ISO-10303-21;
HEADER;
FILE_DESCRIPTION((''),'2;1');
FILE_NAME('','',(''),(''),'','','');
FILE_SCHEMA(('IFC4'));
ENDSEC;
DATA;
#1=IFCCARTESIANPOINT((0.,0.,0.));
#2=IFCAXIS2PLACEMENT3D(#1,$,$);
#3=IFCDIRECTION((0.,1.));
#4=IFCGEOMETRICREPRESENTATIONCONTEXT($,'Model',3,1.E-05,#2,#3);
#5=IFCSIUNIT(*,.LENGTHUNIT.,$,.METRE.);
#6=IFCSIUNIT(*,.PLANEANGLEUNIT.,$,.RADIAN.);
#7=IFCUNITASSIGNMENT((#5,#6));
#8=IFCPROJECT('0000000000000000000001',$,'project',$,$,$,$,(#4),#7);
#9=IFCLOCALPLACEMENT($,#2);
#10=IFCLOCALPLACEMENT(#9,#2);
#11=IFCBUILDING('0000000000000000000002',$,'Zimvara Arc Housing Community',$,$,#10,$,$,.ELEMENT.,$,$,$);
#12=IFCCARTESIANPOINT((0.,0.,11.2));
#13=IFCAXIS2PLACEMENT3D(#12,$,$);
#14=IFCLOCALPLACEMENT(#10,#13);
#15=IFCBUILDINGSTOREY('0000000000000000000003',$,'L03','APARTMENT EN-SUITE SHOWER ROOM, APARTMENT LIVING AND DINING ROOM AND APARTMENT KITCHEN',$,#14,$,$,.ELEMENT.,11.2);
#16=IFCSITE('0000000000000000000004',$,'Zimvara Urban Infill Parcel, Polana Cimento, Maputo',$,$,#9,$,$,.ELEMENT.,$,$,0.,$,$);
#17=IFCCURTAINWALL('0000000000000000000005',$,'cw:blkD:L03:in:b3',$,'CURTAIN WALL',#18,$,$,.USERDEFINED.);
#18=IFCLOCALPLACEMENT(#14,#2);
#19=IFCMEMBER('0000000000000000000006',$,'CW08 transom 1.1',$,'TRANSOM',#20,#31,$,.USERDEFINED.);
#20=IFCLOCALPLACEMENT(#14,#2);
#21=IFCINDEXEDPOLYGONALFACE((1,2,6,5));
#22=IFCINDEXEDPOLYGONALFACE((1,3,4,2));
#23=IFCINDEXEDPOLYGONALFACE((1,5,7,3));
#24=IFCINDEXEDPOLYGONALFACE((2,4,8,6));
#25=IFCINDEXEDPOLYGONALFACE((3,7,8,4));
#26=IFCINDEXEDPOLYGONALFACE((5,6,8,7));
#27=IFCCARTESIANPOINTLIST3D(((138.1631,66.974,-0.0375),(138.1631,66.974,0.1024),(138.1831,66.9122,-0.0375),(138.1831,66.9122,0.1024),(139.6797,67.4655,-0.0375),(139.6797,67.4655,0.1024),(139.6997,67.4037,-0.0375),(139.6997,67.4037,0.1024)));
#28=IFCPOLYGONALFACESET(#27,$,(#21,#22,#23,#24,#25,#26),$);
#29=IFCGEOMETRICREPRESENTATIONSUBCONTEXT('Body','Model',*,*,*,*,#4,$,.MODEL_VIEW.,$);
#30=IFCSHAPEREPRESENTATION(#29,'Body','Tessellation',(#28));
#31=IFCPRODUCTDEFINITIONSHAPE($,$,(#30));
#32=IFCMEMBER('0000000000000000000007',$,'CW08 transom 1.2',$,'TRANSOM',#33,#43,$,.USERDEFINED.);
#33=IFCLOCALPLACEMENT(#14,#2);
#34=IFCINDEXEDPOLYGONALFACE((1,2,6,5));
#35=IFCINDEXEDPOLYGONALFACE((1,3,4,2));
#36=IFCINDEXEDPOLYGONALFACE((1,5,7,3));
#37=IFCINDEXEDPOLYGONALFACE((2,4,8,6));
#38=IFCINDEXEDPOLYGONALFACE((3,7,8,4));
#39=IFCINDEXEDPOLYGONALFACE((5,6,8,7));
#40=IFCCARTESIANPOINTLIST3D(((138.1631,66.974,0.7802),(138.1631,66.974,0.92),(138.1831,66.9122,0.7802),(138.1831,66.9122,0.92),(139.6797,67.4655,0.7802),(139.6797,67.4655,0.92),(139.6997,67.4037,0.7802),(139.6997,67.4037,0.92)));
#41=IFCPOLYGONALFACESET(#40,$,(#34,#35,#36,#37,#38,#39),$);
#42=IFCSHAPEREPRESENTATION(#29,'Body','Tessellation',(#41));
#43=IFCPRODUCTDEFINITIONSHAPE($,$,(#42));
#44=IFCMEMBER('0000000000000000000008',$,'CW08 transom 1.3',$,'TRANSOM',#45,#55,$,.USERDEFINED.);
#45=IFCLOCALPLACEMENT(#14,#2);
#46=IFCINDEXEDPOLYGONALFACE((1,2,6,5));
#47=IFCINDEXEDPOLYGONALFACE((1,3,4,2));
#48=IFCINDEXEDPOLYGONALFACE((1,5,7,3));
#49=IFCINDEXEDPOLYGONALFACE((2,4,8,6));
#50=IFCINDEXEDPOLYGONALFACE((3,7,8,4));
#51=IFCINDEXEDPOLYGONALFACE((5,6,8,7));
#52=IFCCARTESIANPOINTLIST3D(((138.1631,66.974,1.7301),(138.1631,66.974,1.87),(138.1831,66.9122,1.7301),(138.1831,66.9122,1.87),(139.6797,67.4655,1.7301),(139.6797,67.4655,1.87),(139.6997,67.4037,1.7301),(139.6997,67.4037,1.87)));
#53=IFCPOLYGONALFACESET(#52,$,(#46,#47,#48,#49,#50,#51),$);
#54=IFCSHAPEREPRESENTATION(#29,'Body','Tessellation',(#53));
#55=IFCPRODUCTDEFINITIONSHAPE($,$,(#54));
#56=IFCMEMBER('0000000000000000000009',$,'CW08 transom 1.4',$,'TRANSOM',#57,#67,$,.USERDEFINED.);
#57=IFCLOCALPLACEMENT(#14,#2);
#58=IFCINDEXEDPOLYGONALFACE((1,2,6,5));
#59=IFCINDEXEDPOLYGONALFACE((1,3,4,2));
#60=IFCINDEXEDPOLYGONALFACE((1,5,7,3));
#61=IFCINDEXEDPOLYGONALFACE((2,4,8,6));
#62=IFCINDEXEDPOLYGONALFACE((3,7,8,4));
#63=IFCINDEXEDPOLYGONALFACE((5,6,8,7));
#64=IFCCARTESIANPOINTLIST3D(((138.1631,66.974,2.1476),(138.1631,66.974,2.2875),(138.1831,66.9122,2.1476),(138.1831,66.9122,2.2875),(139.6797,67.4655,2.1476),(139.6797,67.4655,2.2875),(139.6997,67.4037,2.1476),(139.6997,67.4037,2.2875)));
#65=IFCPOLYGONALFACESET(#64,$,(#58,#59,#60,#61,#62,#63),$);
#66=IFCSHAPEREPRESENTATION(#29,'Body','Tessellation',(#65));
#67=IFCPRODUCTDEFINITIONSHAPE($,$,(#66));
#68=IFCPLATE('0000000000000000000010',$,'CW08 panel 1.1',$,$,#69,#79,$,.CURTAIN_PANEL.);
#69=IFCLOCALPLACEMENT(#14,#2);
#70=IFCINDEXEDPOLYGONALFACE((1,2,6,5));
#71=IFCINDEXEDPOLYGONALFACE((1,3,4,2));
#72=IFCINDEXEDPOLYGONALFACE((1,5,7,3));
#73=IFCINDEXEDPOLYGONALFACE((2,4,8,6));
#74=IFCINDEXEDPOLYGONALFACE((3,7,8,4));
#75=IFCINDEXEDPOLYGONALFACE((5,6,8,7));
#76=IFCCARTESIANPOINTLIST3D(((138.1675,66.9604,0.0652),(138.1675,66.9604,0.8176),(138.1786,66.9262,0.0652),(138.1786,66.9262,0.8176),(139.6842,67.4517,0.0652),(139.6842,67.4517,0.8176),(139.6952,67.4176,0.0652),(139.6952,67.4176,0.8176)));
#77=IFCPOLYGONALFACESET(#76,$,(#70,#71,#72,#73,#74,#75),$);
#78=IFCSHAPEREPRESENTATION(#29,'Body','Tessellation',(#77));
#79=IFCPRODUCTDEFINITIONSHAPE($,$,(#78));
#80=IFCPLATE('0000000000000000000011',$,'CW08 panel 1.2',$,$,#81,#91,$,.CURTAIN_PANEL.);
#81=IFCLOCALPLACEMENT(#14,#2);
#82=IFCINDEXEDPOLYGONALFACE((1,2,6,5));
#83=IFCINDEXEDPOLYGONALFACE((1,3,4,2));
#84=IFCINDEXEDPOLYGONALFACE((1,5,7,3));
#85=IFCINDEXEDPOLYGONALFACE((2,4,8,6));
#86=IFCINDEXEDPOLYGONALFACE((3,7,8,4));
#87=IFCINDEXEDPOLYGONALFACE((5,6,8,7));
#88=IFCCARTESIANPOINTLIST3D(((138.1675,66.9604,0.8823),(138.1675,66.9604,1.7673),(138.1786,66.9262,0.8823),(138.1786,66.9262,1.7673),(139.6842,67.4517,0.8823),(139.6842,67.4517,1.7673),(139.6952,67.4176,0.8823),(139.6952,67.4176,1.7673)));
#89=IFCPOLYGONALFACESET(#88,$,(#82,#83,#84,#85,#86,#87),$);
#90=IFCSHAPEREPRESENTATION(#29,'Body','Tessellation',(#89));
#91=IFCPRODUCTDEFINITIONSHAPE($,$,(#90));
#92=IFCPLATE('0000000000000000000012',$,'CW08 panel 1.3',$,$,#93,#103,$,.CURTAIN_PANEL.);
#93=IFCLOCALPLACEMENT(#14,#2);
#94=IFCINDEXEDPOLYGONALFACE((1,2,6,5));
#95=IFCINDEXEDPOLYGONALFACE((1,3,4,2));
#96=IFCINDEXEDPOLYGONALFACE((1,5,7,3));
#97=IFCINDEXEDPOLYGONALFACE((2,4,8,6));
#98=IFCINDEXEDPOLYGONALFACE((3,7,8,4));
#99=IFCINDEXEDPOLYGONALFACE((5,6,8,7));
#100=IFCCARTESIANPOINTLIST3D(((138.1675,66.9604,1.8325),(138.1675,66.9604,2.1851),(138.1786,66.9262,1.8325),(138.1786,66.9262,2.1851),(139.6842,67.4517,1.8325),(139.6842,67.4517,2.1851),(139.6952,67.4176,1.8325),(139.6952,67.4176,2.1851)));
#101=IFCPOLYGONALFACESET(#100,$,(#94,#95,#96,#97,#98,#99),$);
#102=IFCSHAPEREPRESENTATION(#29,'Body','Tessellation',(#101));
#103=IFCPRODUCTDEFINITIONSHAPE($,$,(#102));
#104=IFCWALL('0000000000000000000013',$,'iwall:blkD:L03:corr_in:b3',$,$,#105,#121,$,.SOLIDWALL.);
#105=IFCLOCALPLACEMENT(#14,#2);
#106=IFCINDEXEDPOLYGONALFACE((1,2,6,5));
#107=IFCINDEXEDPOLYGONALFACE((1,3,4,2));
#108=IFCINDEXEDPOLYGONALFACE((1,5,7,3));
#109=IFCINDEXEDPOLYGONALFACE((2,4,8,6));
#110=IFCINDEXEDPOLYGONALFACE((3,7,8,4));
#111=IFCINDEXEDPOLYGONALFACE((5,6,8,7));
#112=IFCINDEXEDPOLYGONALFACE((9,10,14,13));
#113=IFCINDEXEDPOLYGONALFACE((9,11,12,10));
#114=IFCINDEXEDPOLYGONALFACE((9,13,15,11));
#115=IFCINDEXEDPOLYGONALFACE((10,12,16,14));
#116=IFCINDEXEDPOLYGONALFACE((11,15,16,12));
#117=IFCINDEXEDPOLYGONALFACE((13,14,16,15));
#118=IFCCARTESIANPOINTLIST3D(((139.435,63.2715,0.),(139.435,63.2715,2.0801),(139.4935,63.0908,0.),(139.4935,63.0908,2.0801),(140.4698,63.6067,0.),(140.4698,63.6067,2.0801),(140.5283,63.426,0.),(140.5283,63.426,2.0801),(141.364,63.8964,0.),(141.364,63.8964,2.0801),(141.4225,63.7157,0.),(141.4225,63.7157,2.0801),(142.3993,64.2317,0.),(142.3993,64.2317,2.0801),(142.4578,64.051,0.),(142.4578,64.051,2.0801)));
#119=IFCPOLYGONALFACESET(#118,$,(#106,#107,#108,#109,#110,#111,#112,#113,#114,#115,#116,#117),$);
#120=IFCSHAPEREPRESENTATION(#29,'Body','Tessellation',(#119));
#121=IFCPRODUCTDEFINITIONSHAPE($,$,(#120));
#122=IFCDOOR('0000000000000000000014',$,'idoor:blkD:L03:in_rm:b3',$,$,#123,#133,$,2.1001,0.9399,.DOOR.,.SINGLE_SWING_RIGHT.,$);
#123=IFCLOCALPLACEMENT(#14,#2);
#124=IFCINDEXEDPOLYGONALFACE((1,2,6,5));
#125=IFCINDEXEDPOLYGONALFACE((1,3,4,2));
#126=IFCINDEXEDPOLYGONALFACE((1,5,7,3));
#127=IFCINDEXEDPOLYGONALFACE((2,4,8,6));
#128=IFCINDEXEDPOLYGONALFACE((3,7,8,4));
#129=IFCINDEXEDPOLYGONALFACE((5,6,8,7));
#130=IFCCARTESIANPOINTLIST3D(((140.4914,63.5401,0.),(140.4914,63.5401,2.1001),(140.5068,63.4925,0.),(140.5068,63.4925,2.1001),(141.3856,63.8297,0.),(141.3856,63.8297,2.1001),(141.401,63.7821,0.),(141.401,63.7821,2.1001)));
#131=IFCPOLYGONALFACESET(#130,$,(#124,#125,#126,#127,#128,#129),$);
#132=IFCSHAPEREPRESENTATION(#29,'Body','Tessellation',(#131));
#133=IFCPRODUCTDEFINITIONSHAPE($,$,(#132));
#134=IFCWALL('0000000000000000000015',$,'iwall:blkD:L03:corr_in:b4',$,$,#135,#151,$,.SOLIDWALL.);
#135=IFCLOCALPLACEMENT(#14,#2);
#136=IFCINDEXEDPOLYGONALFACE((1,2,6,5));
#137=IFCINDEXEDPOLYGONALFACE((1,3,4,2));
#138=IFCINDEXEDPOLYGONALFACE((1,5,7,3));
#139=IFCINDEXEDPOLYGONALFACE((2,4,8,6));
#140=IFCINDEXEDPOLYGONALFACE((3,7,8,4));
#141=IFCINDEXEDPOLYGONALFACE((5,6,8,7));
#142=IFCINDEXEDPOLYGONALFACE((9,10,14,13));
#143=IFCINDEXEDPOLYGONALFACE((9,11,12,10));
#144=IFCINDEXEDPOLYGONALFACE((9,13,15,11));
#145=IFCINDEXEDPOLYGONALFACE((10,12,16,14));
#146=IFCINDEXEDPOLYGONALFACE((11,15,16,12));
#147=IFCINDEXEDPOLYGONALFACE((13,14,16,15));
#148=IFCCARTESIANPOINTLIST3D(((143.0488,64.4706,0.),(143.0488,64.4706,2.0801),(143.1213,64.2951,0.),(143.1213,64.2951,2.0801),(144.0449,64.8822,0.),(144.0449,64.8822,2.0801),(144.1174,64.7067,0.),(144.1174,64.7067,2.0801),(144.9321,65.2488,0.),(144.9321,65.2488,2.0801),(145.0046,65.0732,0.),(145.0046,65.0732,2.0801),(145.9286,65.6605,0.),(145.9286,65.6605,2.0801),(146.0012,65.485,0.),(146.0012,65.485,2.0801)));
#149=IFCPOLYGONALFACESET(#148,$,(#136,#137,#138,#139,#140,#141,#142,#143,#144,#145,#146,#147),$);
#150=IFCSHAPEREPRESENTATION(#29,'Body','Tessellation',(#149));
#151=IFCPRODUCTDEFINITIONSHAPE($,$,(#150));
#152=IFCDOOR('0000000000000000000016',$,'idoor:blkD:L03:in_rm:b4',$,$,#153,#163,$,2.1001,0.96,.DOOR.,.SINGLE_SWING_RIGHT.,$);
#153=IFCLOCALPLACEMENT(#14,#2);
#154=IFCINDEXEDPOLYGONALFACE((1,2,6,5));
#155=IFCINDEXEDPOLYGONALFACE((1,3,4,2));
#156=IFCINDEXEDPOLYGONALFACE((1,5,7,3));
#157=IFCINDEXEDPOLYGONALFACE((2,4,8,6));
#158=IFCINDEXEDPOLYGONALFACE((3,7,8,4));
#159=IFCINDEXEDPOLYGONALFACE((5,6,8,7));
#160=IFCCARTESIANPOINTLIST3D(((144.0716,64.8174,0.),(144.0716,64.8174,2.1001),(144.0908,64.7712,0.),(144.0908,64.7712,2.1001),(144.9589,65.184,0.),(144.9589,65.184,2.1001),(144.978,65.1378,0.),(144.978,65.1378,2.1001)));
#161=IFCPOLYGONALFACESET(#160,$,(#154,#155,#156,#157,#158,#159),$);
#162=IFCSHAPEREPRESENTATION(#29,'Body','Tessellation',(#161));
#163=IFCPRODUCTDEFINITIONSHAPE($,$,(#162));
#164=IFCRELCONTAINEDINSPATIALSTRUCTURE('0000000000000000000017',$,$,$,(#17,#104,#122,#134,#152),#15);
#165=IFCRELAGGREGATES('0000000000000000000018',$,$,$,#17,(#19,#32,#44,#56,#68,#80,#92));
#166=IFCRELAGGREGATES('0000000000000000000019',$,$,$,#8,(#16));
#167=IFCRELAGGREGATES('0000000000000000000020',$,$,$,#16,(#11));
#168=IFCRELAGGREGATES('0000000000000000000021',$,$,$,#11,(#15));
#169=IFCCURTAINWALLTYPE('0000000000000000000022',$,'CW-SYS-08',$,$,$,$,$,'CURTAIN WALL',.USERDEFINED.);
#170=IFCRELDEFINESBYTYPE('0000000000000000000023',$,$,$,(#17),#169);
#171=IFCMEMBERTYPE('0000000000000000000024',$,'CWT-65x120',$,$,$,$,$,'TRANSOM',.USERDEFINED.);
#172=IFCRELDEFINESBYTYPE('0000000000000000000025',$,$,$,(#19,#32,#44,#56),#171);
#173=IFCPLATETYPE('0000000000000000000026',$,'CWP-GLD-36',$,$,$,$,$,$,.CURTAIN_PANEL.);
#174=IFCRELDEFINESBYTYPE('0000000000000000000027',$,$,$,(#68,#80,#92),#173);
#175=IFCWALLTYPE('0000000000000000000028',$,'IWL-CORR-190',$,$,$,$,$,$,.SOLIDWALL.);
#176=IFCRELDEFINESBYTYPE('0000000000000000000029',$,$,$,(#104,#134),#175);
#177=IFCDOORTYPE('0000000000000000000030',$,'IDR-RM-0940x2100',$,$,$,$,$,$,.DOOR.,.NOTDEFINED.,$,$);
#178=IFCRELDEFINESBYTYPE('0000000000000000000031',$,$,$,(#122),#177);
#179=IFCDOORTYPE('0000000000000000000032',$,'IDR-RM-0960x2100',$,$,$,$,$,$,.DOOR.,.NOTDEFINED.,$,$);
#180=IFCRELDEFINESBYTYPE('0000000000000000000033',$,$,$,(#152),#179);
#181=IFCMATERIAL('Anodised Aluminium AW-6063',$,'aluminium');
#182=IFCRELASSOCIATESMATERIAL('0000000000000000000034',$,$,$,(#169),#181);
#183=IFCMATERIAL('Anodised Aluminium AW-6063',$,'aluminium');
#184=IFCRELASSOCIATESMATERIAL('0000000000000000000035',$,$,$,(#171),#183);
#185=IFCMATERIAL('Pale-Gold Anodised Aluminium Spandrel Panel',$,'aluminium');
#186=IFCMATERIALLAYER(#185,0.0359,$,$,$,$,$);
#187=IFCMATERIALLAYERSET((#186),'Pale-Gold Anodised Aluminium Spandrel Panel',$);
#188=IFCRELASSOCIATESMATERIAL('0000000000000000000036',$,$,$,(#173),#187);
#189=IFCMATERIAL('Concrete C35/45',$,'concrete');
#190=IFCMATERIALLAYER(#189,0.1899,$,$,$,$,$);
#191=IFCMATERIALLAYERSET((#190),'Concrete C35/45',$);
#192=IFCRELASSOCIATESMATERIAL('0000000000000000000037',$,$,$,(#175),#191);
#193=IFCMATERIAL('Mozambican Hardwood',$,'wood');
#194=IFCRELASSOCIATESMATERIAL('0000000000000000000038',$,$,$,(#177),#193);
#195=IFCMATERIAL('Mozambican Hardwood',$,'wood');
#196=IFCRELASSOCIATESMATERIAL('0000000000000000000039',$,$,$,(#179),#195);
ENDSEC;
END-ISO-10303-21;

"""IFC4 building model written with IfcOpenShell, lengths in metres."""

from ifc_helpers import new_model, si_unit, direction, frame, frame_2d, origin, origin_2d, place, context, subcontext, project, spatial, rectangle, extrude, material, layer, layer_set, material_profile, profile_set, type_object, element, fill, aggregate, save


model = new_model("IFC4")

# Units and contexts
model_context = context("Model", 3, precision=1e-05, world=origin(), true_north=direction((0.0, 1.0)))
body_context = subcontext(model_context, "Body", "Model", "MODEL_VIEW")
ifc_project = project(units=[si_unit("LENGTHUNIT", "METRE"), si_unit("PLANEANGLEUNIT", "RADIAN")], contexts=[model_context])

# Site, building, storey
site_placement = place(None, origin())
site = spatial("IfcSite", under=ifc_project, at=site_placement, Name="Zimvara Urban Infill Parcel, Polana Cimento, Maputo", CompositionType="ELEMENT", RefElevation=0.0)
building_placement = place(site_placement, origin())
building = spatial("IfcBuilding", under=site, at=building_placement, Name="Zimvara Arc Housing Community", CompositionType="ELEMENT")
storey_placement = place(building_placement, frame((0.0, 0.0, 11.2)))
storey = spatial("IfcBuildingStorey", under=building, at=storey_placement, Name="L03", Description="APARTMENT EN-SUITE SHOWER ROOM, APARTMENT LIVING AND DINING ROOM AND APARTMENT KITCHEN", CompositionType="ELEMENT", Elevation=11.2)

# Curtain wall, members, plates
ifc_material_1 = material(Name="Anodised Aluminium AW-6063", Category="aluminium")
curtain_wall_type_1 = type_object("IfcCurtainWallType", Name="CW-SYS-08", ElementType="CURTAIN WALL", PredefinedType="USERDEFINED", material=ifc_material_1)
curtain_wall_1_placement = place(storey_placement, origin())
curtain_wall_1 = element("IfcCurtainWall", 1, at=curtain_wall_1_placement, inside=storey, type_object=curtain_wall_type_1, Name="cw:blkD:L03:in:b3", ObjectType="CURTAIN WALL", PredefinedType="USERDEFINED")
ifc_material_2 = material(Name="Anodised Aluminium AW-6063", Category="aluminium")
ifc_material_profile_1 = material_profile(ifc_material_2, rectangle(XDim=0.0649, YDim=0.1399, at=origin_2d()), Name="ALU 65x140")
ifc_profile_set_1 = profile_set([ifc_material_profile_1], Name="Anodised Aluminium AW-6063")
member_type_1 = type_object("IfcMemberType", Name="CWT-65x120", ElementType="TRANSOM", PredefinedType="USERDEFINED", material=ifc_profile_set_1)
member_1_placement = place(storey_placement, frame((138.1731, 66.9431, 0.0325), z_axis=(0.951299, 0.308269, 0.0), x_axis=(-0.308269, 0.951299, 0.0)))
member_1 = element("IfcMember", 2, at=member_1_placement, type_object=member_type_1, Name="CW08 transom 1.1", ObjectType="TRANSOM", PredefinedType="USERDEFINED", context=body_context, shape_type="SweptSolid", body=[
    extrude(rectangle(XDim=0.0649, YDim=0.1399, at=origin_2d()), origin(), (0.0, 0.0, 1.0), 1.5942),
])
member_2_placement = place(storey_placement, frame((138.1731, 66.9431, 0.8501), z_axis=(0.951299, 0.308269, 0.0), x_axis=(-0.308269, 0.951299, 0.0)))
member_2 = element("IfcMember", 3, at=member_2_placement, type_object=member_type_1, Name="CW08 transom 1.2", ObjectType="TRANSOM", PredefinedType="USERDEFINED", context=body_context, shape_type="SweptSolid", body=[
    extrude(rectangle(XDim=0.0649, YDim=0.1399, at=origin_2d()), origin(), (0.0, 0.0, 1.0), 1.5942),
])
member_3_placement = place(storey_placement, frame((138.1731, 66.9431, 1.8), z_axis=(0.951299, 0.308269, 0.0), x_axis=(-0.308269, 0.951299, 0.0)))
member_3 = element("IfcMember", 4, at=member_3_placement, type_object=member_type_1, Name="CW08 transom 1.3", ObjectType="TRANSOM", PredefinedType="USERDEFINED", context=body_context, shape_type="SweptSolid", body=[
    extrude(rectangle(XDim=0.0649, YDim=0.1399, at=origin_2d()), origin(), (0.0, 0.0, 1.0), 1.5942),
])
member_4_placement = place(storey_placement, frame((138.1731, 66.9431, 2.2175), z_axis=(0.951299, 0.308269, 0.0), x_axis=(-0.308269, 0.951299, 0.0)))
member_4 = element("IfcMember", 5, at=member_4_placement, type_object=member_type_1, Name="CW08 transom 1.4", ObjectType="TRANSOM", PredefinedType="USERDEFINED", context=body_context, shape_type="SweptSolid", body=[
    extrude(rectangle(XDim=0.0649, YDim=0.1399, at=origin_2d()), origin(), (0.0, 0.0, 1.0), 1.5942),
])
ifc_material_3 = material(Name="Pale-Gold Anodised Aluminium Spandrel Panel", Category="aluminium")
ifc_layer_1 = layer(ifc_material_3, 0.0359)
ifc_layer_set_1 = layer_set([ifc_layer_1], Name="Pale-Gold Anodised Aluminium Spandrel Panel")
plate_type = type_object("IfcPlateType", Name="CWP-GLD-36", PredefinedType="CURTAIN_PANEL", material=ifc_layer_set_1)
plate_1_placement = place(storey_placement, frame((138.9314, 67.189, 0.0652), z_axis=(0.0, 0.0, 1.0), x_axis=(0.951326, 0.308185, 0.0)))
plate_1 = element("IfcPlate", 6, at=plate_1_placement, type_object=plate_type, Name="CW08 panel 1.1", PredefinedType="CURTAIN_PANEL", context=body_context, shape_type="SweptSolid", body=[
    extrude(rectangle(XDim=1.5942, YDim=0.0359, at=origin_2d()), origin(), (0.0, 0.0, 1.0), 0.7524),
])
plate_2_placement = place(storey_placement, frame((138.9314, 67.189, 0.8823), z_axis=(0.0, 0.0, 1.0), x_axis=(0.951326, 0.308185, 0.0)))
plate_2 = element("IfcPlate", 7, at=plate_2_placement, type_object=plate_type, Name="CW08 panel 1.2", PredefinedType="CURTAIN_PANEL", context=body_context, shape_type="SweptSolid", body=[
    extrude(rectangle(XDim=1.5942, YDim=0.0359, at=origin_2d()), origin(), (0.0, 0.0, 1.0), 0.885),
])
plate_3_placement = place(storey_placement, frame((138.9314, 67.189, 1.8325), z_axis=(0.0, 0.0, 1.0), x_axis=(0.951326, 0.308185, 0.0)))
plate_3 = element("IfcPlate", 8, at=plate_3_placement, type_object=plate_type, Name="CW08 panel 1.3", PredefinedType="CURTAIN_PANEL", context=body_context, shape_type="SweptSolid", body=[
    extrude(rectangle(XDim=1.5942, YDim=0.0359, at=origin_2d()), origin(), (0.0, 0.0, 1.0), 0.3525),
])
aggregate(curtain_wall_1, [member_1, member_2, member_3, member_4, plate_1, plate_2, plate_3])

# Walls, openings, doors
ifc_material_4 = material(Name="Concrete C35/45", Category="concrete")
ifc_layer_2 = layer(ifc_material_4, 0.1899)
ifc_layer_set_2 = layer_set([ifc_layer_2], Name="Concrete C35/45")
wall_type_1 = type_object("IfcWallType", Name="IWL-CORR-190", PredefinedType="SOLIDWALL", material=ifc_layer_set_2)
wall_1_placement = place(storey_placement, frame((139.4641, 63.1812, 0.0), z_axis=(0.0, 0.0, 1.0), x_axis=(0.951336, 0.308154, 0.0)))
wall_1 = element("IfcWall", 9, at=wall_1_placement, inside=storey, type_object=wall_type_1, Name="iwall:blkD:L03:corr_in:b3", PredefinedType="SOLIDWALL", context=body_context, shape_type="SweptSolid", body=[
    extrude(rectangle(XDim=3.116, YDim=0.1899, at=frame_2d((1.5581, 0.0))), origin(), (0.0, 0.0, 1.0), 2.0801),
])
opening_1_placement = place(wall_1_placement, frame((1.0879, 0.0, 0.0)))
opening_1 = element("IfcOpeningElement", 10, at=opening_1_placement, cuts=wall_1, PredefinedType="OPENING", context=body_context, shape_type="SweptSolid", body=[
    extrude(rectangle(XDim=0.9399, YDim=2.1001, at=frame_2d((0.47, 1.05))), frame((0.0, 0.105, 0.0), z_axis=(0.0, -1.0, 0.0), x_axis=(1.0, 0.0, 0.0)), (0.0, 0.0, 1.0), 0.21),
])
ifc_material_5 = material(Name="Mozambican Hardwood", Category="wood")
door_type_1 = type_object("IfcDoorType", Name="IDR-RM-0940x2100", OperationType="NOTDEFINED", PredefinedType="DOOR", material=ifc_material_5)
door_1_placement = place(opening_1_placement, origin())
door_1 = element("IfcDoor", 11, at=door_1_placement, inside=storey, type_object=door_type_1, Name="idoor:blkD:L03:in_rm:b3", OperationType="SINGLE_SWING_RIGHT", OverallHeight=2.1001, OverallWidth=0.9399, PredefinedType="DOOR", context=body_context, shape_type="SweptSolid", body=[
    extrude(rectangle(XDim=0.9399, YDim=2.1001, at=frame_2d((0.47, 1.05))), frame((0.0, 0.0249, 0.0), z_axis=(0.0, -1.0, 0.0), x_axis=(1.0, 0.0, 0.0)), (0.0, 0.0, 1.0), 0.05),
])
fill(opening_1, door_1)
wall_2_placement = place(storey_placement, frame((143.085, 64.3828, 0.0), z_axis=(0.0, 0.0, 1.0), x_axis=(0.924213, 0.381877, 0.0)))
wall_2 = element("IfcWall", 12, at=wall_2_placement, inside=storey, type_object=wall_type_1, Name="iwall:blkD:L03:corr_in:b4", PredefinedType="SOLIDWALL", context=body_context, shape_type="SweptSolid", body=[
    extrude(rectangle(XDim=3.116, YDim=0.1899, at=frame_2d((1.5581, 0.0))), origin(), (0.0, 0.0, 1.0), 2.0801),
])
opening_2_placement = place(wall_2_placement, frame((1.0779, 0.0, 0.0)))
opening_2 = element("IfcOpeningElement", 13, at=opening_2_placement, cuts=wall_2, PredefinedType="OPENING", context=body_context, shape_type="SweptSolid", body=[
    extrude(rectangle(XDim=0.96, YDim=2.1001, at=frame_2d((0.48, 1.05))), frame((0.0, 0.105, 0.0), z_axis=(0.0, -1.0, 0.0), x_axis=(1.0, 0.0, 0.0)), (0.0, 0.0, 1.0), 0.21),
])
ifc_material_6 = material(Name="Mozambican Hardwood", Category="wood")
door_type_2 = type_object("IfcDoorType", Name="IDR-RM-0960x2100", OperationType="NOTDEFINED", PredefinedType="DOOR", material=ifc_material_6)
door_2_placement = place(opening_2_placement, origin())
door_2 = element("IfcDoor", 14, at=door_2_placement, inside=storey, type_object=door_type_2, Name="idoor:blkD:L03:in_rm:b4", OperationType="SINGLE_SWING_RIGHT", OverallHeight=2.1001, OverallWidth=0.96, PredefinedType="DOOR", context=body_context, shape_type="SweptSolid", body=[
    extrude(rectangle(XDim=0.96, YDim=2.1001, at=frame_2d((0.48, 1.05))), frame((0.0, 0.0249, 0.0), z_axis=(0.0, -1.0, 0.0), x_axis=(1.0, 0.0, 0.0)), (0.0, 0.0, 1.0), 0.05),
])
fill(opening_2, door_2)

save(model, "model.ifc")
